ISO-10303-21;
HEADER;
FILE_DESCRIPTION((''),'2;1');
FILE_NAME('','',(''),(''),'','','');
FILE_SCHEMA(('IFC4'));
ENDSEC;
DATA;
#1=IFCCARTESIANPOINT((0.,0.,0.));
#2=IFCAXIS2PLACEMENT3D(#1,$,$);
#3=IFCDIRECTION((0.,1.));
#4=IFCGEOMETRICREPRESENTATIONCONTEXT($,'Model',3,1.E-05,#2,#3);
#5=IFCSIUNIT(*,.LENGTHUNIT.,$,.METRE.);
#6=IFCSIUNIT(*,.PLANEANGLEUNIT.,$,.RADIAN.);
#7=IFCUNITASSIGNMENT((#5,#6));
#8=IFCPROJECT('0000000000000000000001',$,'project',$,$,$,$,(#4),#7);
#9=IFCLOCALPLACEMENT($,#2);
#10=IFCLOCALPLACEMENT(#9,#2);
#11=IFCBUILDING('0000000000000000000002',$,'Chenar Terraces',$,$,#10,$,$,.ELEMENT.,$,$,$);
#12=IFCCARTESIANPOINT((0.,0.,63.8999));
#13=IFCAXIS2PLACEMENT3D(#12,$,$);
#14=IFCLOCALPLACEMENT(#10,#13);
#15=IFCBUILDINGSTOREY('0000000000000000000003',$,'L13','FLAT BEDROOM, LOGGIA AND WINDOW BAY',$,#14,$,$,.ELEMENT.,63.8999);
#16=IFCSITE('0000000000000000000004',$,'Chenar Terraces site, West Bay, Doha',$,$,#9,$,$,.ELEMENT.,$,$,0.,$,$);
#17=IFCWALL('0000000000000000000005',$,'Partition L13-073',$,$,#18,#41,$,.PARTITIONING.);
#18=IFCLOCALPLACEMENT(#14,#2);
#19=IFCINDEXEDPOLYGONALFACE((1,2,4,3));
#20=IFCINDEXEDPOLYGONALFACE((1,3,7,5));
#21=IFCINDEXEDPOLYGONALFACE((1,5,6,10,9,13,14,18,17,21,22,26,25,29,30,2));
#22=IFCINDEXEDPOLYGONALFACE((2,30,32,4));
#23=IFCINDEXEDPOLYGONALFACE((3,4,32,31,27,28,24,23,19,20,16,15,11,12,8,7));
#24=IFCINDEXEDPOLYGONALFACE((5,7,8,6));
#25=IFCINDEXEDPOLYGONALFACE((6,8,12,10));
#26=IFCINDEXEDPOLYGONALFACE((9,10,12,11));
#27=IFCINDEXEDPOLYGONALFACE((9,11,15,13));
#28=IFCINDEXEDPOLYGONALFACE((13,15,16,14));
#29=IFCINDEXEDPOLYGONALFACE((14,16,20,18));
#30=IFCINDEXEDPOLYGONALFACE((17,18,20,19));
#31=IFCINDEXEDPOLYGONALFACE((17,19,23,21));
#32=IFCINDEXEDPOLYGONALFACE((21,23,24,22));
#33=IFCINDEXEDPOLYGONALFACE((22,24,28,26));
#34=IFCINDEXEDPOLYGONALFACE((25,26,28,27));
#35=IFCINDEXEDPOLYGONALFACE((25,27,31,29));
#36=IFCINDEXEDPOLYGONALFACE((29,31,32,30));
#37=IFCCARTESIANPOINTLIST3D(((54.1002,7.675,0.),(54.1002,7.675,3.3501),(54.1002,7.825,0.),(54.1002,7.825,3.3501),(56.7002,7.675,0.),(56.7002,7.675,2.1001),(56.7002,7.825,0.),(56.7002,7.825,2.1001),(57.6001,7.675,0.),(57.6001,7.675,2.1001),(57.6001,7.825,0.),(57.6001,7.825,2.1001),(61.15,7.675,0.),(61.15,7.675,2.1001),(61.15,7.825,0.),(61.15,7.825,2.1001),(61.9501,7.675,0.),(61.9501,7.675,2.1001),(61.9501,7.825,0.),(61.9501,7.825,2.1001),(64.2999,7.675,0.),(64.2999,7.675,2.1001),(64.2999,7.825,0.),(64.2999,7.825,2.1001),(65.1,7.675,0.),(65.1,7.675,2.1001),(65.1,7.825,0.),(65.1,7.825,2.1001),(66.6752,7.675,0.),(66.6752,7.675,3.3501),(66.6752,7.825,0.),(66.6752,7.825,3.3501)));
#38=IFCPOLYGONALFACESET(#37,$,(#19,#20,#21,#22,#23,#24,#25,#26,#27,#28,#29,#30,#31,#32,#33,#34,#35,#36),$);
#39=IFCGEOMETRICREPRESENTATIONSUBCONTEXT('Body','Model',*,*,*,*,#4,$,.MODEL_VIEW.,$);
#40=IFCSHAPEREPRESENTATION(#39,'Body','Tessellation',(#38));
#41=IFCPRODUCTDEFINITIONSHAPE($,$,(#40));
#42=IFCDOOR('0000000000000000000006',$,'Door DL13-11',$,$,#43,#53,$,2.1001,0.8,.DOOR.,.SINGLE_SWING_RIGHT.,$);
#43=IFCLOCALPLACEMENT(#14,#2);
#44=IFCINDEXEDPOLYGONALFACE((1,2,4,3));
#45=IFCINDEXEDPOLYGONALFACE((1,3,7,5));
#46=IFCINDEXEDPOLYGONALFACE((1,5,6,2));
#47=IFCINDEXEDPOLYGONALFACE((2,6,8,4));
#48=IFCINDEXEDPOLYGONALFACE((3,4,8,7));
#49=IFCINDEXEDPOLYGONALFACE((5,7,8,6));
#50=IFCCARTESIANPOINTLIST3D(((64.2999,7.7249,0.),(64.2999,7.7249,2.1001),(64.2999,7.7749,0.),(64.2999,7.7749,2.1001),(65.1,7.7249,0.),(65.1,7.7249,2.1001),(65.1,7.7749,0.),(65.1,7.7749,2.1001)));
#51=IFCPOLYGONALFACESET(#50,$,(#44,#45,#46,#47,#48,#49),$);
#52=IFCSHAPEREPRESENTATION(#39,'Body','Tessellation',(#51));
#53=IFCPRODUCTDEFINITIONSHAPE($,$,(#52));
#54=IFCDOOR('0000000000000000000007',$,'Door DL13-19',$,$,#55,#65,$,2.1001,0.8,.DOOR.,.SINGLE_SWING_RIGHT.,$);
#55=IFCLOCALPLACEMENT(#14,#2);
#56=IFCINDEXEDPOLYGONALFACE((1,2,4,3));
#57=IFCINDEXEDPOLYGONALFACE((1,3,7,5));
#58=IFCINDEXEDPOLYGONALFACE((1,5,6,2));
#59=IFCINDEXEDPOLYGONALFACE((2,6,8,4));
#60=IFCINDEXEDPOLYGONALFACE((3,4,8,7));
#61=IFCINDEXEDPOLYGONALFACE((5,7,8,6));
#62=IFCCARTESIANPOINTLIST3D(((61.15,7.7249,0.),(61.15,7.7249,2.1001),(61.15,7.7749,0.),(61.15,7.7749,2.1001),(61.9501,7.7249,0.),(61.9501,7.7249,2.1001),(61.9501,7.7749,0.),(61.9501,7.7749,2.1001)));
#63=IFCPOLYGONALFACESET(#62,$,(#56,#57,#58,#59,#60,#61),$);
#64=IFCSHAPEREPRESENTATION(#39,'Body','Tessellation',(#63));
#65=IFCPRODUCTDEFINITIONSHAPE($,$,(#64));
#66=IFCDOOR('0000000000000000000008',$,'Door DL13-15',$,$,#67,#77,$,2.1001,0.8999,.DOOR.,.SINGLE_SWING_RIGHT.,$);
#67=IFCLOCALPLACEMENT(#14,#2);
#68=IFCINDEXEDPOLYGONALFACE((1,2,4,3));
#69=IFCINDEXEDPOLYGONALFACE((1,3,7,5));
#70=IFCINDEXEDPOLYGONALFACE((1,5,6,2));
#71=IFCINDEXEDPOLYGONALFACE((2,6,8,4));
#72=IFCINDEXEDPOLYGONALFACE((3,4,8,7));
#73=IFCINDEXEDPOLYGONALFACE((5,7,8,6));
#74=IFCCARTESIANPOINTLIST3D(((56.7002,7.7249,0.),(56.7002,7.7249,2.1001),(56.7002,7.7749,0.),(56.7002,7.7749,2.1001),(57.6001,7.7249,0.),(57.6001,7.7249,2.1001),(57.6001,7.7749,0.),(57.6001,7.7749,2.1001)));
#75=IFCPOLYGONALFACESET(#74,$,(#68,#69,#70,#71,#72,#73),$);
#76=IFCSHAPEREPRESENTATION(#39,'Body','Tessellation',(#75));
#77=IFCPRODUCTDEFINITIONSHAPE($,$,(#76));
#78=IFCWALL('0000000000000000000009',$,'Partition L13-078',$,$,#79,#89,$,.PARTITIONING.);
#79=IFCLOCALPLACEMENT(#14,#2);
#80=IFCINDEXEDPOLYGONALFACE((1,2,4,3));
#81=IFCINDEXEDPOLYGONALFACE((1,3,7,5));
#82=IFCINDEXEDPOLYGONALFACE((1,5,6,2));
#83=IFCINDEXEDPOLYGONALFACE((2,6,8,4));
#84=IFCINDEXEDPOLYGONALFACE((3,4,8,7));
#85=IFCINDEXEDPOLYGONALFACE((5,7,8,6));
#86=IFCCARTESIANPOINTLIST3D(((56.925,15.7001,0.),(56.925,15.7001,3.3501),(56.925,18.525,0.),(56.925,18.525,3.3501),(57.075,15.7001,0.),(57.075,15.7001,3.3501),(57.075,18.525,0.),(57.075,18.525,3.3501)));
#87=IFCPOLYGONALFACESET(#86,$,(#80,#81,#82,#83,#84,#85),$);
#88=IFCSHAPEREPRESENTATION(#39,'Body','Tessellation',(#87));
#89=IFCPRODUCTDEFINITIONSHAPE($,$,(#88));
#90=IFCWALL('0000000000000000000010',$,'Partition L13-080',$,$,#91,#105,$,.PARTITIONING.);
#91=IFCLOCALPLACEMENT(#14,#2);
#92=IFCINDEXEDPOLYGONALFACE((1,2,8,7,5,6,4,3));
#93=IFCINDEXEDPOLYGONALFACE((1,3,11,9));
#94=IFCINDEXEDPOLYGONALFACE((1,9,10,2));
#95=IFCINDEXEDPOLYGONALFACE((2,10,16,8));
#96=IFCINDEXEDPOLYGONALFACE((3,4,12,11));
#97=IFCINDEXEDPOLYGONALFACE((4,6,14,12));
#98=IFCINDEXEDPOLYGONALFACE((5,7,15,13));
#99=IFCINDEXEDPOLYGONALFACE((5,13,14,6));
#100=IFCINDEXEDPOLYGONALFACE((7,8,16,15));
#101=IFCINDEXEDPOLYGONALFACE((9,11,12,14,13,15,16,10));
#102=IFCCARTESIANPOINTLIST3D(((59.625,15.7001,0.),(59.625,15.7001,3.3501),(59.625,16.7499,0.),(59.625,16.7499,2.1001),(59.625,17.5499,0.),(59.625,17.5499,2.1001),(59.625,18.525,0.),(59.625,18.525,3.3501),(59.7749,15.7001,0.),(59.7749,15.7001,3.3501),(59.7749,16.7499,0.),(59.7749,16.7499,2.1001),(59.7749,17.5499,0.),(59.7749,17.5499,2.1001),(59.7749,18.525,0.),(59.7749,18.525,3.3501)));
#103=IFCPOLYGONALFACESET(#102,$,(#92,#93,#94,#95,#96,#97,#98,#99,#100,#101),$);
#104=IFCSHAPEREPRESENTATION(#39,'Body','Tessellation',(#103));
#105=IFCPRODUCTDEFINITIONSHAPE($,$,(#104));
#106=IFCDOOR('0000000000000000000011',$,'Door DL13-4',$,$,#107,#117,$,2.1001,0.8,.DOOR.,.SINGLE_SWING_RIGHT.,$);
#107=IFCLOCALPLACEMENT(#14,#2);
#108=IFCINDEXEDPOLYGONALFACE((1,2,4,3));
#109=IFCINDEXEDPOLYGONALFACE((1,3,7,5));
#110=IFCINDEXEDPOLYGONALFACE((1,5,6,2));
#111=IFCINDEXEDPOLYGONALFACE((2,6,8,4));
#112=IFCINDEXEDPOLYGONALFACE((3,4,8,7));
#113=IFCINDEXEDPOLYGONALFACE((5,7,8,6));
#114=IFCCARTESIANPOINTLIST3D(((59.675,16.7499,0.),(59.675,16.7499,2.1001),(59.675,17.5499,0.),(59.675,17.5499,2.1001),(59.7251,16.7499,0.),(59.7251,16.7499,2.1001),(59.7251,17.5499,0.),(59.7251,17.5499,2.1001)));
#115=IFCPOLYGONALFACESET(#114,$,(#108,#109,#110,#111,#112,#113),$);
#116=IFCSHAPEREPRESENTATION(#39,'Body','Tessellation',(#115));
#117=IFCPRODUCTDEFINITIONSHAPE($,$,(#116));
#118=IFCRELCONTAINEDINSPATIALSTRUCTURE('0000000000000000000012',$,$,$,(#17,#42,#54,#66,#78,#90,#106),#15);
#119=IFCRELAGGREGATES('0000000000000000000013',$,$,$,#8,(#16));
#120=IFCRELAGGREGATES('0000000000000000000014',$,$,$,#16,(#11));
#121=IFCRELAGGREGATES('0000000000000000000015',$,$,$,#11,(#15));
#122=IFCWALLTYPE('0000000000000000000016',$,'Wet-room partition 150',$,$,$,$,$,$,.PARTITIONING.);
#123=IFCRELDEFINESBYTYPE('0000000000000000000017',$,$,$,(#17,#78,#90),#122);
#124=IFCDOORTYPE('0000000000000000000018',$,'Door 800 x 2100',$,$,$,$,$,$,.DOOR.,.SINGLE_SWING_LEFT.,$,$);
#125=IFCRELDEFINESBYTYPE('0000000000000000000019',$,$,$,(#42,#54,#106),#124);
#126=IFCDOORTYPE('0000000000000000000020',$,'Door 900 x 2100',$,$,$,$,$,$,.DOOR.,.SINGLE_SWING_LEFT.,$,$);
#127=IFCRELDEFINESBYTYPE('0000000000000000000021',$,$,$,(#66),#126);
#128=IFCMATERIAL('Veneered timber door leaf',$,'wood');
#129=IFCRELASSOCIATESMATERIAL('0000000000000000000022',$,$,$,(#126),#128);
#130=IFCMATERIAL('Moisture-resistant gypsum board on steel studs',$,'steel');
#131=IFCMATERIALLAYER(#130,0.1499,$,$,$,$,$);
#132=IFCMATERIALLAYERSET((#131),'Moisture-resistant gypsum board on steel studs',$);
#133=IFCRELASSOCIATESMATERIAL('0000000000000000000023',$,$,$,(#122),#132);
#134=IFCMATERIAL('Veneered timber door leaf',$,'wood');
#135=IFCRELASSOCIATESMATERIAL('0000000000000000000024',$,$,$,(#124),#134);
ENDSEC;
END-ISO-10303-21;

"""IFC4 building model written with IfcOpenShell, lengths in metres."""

from ifc_helpers import new_model, si_unit, direction, frame, frame_2d, origin, place, context, subcontext, project, spatial, rectangle, extrude, material, layer, layer_set, type_object, element, fill, save


model = new_model("IFC4")

# Units and contexts
model_context = context("Model", 3, precision=1e-05, world=origin(), true_north=direction((0.0, 1.0)))
body_context = subcontext(model_context, "Body", "Model", "MODEL_VIEW")
ifc_project = project(units=[si_unit("LENGTHUNIT", "METRE"), si_unit("PLANEANGLEUNIT", "RADIAN")], contexts=[model_context])

# Site, building, storey
site_placement = place(None, origin())
site = spatial("IfcSite", under=ifc_project, at=site_placement, Name="Chenar Terraces site, West Bay, Doha", CompositionType="ELEMENT", RefElevation=0.0)
building_placement = place(site_placement, origin())
building = spatial("IfcBuilding", under=site, at=building_placement, Name="Chenar Terraces", CompositionType="ELEMENT")
storey_placement = place(building_placement, frame((0.0, 0.0, 63.8999)))
storey = spatial("IfcBuildingStorey", under=building, at=storey_placement, Name="L13", Description="FLAT BEDROOM, LOGGIA AND WINDOW BAY", CompositionType="ELEMENT", Elevation=63.8999)

# Shared definitions
ifc_material_1 = material(Name="Veneered timber door leaf", Category="wood")
door_type_1 = type_object("IfcDoorType", Name="Door 900 x 2100", OperationType="SINGLE_SWING_LEFT", PredefinedType="DOOR", material=ifc_material_1)

# Shared definitions
ifc_material_2 = material(Name="Moisture-resistant gypsum board on steel studs", Category="steel")
ifc_layer_1 = layer(ifc_material_2, 0.1499)
ifc_layer_set_1 = layer_set([ifc_layer_1], Name="Moisture-resistant gypsum board on steel studs")
wall_type_1 = type_object("IfcWallType", Name="Wet-room partition 150", PredefinedType="PARTITIONING", material=ifc_layer_set_1)

# Wall, openings, doors
wall_1_placement = place(storey_placement, frame((54.1001, 7.75, 0.0), z_axis=(0.0, 0.0, 1.0), x_axis=(1.0, 0.0, 0.0)))
wall_1 = element("IfcWall", 1, at=wall_1_placement, inside=storey, type_object=wall_type_1, Name="Partition L13-073", PredefinedType="PARTITIONING", context=body_context, shape_type="SweptSolid", body=[
    extrude(rectangle(XDim=12.575, YDim=0.1499, at=frame_2d((6.2876, 0.0))), origin(), (0.0, 0.0, 1.0), 3.3501),
])
opening_1_placement = place(wall_1_placement, frame((10.2, 0.0, 0.0)))
opening_1 = element("IfcOpeningElement", 2, at=opening_1_placement, cuts=wall_1, PredefinedType="OPENING", context=body_context, shape_type="SweptSolid", body=[
    extrude(rectangle(XDim=0.8, YDim=2.1001, at=frame_2d((0.3999, 1.05))), frame((0.0, 0.085, 0.0), z_axis=(0.0, -1.0, 0.0), x_axis=(1.0, 0.0, 0.0)), (0.0, 0.0, 1.0), 0.1699),
])
opening_2_placement = place(wall_1_placement, frame((2.6001, 0.0, 0.0)))
opening_2 = element("IfcOpeningElement", 3, at=opening_2_placement, cuts=wall_1, PredefinedType="OPENING", context=body_context, shape_type="SweptSolid", body=[
    extrude(rectangle(XDim=0.8999, YDim=2.1001, at=frame_2d((0.45, 1.05))), frame((0.0, 0.085, 0.0), z_axis=(0.0, -1.0, 0.0), x_axis=(1.0, 0.0, 0.0)), (0.0, 0.0, 1.0), 0.1699),
])
opening_3_placement = place(wall_1_placement, frame((7.05, 0.0, 0.0)))
opening_3 = element("IfcOpeningElement", 4, at=opening_3_placement, cuts=wall_1, PredefinedType="OPENING", context=body_context, shape_type="SweptSolid", body=[
    extrude(rectangle(XDim=0.8, YDim=2.1001, at=frame_2d((0.3999, 1.05))), frame((0.0, 0.085, 0.0), z_axis=(0.0, -1.0, 0.0), x_axis=(1.0, 0.0, 0.0)), (0.0, 0.0, 1.0), 0.1699),
])
ifc_material_3 = material(Name="Veneered timber door leaf", Category="wood")
door_type_2 = type_object("IfcDoorType", Name="Door 800 x 2100", OperationType="SINGLE_SWING_LEFT", PredefinedType="DOOR", material=ifc_material_3)
door_1_placement = place(opening_1_placement, origin())
door_1 = element("IfcDoor", 5, at=door_1_placement, inside=storey, type_object=door_type_2, Name="Door DL13-11", OperationType="SINGLE_SWING_RIGHT", OverallHeight=2.1001, OverallWidth=0.8, PredefinedType="DOOR", context=body_context, shape_type="SweptSolid", body=[
    extrude(rectangle(XDim=0.8, YDim=2.1001, at=frame_2d((0.3999, 1.05))), frame((0.0, 0.0249, 0.0), z_axis=(0.0, -1.0, 0.0), x_axis=(1.0, 0.0, 0.0)), (0.0, 0.0, 1.0), 0.05),
])
fill(opening_1, door_1)
door_2_placement = place(opening_3_placement, origin())
door_2 = element("IfcDoor", 6, at=door_2_placement, inside=storey, type_object=door_type_2, Name="Door DL13-19", OperationType="SINGLE_SWING_RIGHT", OverallHeight=2.1001, OverallWidth=0.8, PredefinedType="DOOR", context=body_context, shape_type="SweptSolid", body=[
    extrude(rectangle(XDim=0.8, YDim=2.1001, at=frame_2d((0.3999, 1.05))), frame((0.0, 0.0249, 0.0), z_axis=(0.0, -1.0, 0.0), x_axis=(1.0, 0.0, 0.0)), (0.0, 0.0, 1.0), 0.05),
])
fill(opening_3, door_2)
door_3_placement = place(opening_2_placement, origin())
door_3 = element("IfcDoor", 7, at=door_3_placement, inside=storey, type_object=door_type_1, Name="Door DL13-15", OperationType="SINGLE_SWING_RIGHT", OverallHeight=2.1001, OverallWidth=0.8999, PredefinedType="DOOR", context=body_context, shape_type="SweptSolid", body=[
    extrude(rectangle(XDim=0.8999, YDim=2.1001, at=frame_2d((0.45, 1.05))), frame((0.0, 0.0249, 0.0), z_axis=(0.0, -1.0, 0.0), x_axis=(1.0, 0.0, 0.0)), (0.0, 0.0, 1.0), 0.05),
])
fill(opening_2, door_3)

# Wall
wall_2_placement = place(storey_placement, frame((57.0, 15.7, 0.0), z_axis=(0.0, 0.0, 1.0), x_axis=(0.0, 1.0, 0.0)))
element("IfcWall", 8, at=wall_2_placement, inside=storey, type_object=wall_type_1, Name="Partition L13-078", PredefinedType="PARTITIONING", context=body_context, shape_type="SweptSolid", body=[
    extrude(rectangle(XDim=2.825, YDim=0.1499, at=frame_2d((1.4126, 0.0))), origin(), (0.0, 0.0, 1.0), 3.3501),
])

# Wall, opening, door
wall_3_placement = place(storey_placement, frame((59.7, 15.7, 0.0), z_axis=(0.0, 0.0, 1.0), x_axis=(0.0, 1.0, 0.0)))
wall_3 = element("IfcWall", 9, at=wall_3_placement, inside=storey, type_object=wall_type_1, Name="Partition L13-080", PredefinedType="PARTITIONING", context=body_context, shape_type="SweptSolid", body=[
    extrude(rectangle(XDim=2.825, YDim=0.1499, at=frame_2d((1.4126, 0.0))), origin(), (0.0, 0.0, 1.0), 3.3501),
])
opening_4_placement = place(wall_3_placement, frame((1.05, 0.0, 0.0)))
opening_4 = element("IfcOpeningElement", 10, at=opening_4_placement, cuts=wall_3, PredefinedType="OPENING", context=body_context, shape_type="SweptSolid", body=[
    extrude(rectangle(XDim=0.8, YDim=2.1001, at=frame_2d((0.3999, 1.05))), frame((0.0, 0.085, 0.0), z_axis=(0.0, -1.0, 0.0), x_axis=(1.0, 0.0, 0.0)), (0.0, 0.0, 1.0), 0.1699),
])
door_4_placement = place(opening_4_placement, origin())
door_4 = element("IfcDoor", 11, at=door_4_placement, inside=storey, type_object=door_type_2, Name="Door DL13-4", OperationType="SINGLE_SWING_RIGHT", OverallHeight=2.1001, OverallWidth=0.8, PredefinedType="DOOR", context=body_context, shape_type="SweptSolid", body=[
    extrude(rectangle(XDim=0.8, YDim=2.1001, at=frame_2d((0.3999, 1.05))), frame((0.0, 0.0249, 0.0), z_axis=(0.0, -1.0, 0.0), x_axis=(1.0, 0.0, 0.0)), (0.0, 0.0, 1.0), 0.05),
])
fill(opening_4, door_4)

save(model, "model.ifc")
